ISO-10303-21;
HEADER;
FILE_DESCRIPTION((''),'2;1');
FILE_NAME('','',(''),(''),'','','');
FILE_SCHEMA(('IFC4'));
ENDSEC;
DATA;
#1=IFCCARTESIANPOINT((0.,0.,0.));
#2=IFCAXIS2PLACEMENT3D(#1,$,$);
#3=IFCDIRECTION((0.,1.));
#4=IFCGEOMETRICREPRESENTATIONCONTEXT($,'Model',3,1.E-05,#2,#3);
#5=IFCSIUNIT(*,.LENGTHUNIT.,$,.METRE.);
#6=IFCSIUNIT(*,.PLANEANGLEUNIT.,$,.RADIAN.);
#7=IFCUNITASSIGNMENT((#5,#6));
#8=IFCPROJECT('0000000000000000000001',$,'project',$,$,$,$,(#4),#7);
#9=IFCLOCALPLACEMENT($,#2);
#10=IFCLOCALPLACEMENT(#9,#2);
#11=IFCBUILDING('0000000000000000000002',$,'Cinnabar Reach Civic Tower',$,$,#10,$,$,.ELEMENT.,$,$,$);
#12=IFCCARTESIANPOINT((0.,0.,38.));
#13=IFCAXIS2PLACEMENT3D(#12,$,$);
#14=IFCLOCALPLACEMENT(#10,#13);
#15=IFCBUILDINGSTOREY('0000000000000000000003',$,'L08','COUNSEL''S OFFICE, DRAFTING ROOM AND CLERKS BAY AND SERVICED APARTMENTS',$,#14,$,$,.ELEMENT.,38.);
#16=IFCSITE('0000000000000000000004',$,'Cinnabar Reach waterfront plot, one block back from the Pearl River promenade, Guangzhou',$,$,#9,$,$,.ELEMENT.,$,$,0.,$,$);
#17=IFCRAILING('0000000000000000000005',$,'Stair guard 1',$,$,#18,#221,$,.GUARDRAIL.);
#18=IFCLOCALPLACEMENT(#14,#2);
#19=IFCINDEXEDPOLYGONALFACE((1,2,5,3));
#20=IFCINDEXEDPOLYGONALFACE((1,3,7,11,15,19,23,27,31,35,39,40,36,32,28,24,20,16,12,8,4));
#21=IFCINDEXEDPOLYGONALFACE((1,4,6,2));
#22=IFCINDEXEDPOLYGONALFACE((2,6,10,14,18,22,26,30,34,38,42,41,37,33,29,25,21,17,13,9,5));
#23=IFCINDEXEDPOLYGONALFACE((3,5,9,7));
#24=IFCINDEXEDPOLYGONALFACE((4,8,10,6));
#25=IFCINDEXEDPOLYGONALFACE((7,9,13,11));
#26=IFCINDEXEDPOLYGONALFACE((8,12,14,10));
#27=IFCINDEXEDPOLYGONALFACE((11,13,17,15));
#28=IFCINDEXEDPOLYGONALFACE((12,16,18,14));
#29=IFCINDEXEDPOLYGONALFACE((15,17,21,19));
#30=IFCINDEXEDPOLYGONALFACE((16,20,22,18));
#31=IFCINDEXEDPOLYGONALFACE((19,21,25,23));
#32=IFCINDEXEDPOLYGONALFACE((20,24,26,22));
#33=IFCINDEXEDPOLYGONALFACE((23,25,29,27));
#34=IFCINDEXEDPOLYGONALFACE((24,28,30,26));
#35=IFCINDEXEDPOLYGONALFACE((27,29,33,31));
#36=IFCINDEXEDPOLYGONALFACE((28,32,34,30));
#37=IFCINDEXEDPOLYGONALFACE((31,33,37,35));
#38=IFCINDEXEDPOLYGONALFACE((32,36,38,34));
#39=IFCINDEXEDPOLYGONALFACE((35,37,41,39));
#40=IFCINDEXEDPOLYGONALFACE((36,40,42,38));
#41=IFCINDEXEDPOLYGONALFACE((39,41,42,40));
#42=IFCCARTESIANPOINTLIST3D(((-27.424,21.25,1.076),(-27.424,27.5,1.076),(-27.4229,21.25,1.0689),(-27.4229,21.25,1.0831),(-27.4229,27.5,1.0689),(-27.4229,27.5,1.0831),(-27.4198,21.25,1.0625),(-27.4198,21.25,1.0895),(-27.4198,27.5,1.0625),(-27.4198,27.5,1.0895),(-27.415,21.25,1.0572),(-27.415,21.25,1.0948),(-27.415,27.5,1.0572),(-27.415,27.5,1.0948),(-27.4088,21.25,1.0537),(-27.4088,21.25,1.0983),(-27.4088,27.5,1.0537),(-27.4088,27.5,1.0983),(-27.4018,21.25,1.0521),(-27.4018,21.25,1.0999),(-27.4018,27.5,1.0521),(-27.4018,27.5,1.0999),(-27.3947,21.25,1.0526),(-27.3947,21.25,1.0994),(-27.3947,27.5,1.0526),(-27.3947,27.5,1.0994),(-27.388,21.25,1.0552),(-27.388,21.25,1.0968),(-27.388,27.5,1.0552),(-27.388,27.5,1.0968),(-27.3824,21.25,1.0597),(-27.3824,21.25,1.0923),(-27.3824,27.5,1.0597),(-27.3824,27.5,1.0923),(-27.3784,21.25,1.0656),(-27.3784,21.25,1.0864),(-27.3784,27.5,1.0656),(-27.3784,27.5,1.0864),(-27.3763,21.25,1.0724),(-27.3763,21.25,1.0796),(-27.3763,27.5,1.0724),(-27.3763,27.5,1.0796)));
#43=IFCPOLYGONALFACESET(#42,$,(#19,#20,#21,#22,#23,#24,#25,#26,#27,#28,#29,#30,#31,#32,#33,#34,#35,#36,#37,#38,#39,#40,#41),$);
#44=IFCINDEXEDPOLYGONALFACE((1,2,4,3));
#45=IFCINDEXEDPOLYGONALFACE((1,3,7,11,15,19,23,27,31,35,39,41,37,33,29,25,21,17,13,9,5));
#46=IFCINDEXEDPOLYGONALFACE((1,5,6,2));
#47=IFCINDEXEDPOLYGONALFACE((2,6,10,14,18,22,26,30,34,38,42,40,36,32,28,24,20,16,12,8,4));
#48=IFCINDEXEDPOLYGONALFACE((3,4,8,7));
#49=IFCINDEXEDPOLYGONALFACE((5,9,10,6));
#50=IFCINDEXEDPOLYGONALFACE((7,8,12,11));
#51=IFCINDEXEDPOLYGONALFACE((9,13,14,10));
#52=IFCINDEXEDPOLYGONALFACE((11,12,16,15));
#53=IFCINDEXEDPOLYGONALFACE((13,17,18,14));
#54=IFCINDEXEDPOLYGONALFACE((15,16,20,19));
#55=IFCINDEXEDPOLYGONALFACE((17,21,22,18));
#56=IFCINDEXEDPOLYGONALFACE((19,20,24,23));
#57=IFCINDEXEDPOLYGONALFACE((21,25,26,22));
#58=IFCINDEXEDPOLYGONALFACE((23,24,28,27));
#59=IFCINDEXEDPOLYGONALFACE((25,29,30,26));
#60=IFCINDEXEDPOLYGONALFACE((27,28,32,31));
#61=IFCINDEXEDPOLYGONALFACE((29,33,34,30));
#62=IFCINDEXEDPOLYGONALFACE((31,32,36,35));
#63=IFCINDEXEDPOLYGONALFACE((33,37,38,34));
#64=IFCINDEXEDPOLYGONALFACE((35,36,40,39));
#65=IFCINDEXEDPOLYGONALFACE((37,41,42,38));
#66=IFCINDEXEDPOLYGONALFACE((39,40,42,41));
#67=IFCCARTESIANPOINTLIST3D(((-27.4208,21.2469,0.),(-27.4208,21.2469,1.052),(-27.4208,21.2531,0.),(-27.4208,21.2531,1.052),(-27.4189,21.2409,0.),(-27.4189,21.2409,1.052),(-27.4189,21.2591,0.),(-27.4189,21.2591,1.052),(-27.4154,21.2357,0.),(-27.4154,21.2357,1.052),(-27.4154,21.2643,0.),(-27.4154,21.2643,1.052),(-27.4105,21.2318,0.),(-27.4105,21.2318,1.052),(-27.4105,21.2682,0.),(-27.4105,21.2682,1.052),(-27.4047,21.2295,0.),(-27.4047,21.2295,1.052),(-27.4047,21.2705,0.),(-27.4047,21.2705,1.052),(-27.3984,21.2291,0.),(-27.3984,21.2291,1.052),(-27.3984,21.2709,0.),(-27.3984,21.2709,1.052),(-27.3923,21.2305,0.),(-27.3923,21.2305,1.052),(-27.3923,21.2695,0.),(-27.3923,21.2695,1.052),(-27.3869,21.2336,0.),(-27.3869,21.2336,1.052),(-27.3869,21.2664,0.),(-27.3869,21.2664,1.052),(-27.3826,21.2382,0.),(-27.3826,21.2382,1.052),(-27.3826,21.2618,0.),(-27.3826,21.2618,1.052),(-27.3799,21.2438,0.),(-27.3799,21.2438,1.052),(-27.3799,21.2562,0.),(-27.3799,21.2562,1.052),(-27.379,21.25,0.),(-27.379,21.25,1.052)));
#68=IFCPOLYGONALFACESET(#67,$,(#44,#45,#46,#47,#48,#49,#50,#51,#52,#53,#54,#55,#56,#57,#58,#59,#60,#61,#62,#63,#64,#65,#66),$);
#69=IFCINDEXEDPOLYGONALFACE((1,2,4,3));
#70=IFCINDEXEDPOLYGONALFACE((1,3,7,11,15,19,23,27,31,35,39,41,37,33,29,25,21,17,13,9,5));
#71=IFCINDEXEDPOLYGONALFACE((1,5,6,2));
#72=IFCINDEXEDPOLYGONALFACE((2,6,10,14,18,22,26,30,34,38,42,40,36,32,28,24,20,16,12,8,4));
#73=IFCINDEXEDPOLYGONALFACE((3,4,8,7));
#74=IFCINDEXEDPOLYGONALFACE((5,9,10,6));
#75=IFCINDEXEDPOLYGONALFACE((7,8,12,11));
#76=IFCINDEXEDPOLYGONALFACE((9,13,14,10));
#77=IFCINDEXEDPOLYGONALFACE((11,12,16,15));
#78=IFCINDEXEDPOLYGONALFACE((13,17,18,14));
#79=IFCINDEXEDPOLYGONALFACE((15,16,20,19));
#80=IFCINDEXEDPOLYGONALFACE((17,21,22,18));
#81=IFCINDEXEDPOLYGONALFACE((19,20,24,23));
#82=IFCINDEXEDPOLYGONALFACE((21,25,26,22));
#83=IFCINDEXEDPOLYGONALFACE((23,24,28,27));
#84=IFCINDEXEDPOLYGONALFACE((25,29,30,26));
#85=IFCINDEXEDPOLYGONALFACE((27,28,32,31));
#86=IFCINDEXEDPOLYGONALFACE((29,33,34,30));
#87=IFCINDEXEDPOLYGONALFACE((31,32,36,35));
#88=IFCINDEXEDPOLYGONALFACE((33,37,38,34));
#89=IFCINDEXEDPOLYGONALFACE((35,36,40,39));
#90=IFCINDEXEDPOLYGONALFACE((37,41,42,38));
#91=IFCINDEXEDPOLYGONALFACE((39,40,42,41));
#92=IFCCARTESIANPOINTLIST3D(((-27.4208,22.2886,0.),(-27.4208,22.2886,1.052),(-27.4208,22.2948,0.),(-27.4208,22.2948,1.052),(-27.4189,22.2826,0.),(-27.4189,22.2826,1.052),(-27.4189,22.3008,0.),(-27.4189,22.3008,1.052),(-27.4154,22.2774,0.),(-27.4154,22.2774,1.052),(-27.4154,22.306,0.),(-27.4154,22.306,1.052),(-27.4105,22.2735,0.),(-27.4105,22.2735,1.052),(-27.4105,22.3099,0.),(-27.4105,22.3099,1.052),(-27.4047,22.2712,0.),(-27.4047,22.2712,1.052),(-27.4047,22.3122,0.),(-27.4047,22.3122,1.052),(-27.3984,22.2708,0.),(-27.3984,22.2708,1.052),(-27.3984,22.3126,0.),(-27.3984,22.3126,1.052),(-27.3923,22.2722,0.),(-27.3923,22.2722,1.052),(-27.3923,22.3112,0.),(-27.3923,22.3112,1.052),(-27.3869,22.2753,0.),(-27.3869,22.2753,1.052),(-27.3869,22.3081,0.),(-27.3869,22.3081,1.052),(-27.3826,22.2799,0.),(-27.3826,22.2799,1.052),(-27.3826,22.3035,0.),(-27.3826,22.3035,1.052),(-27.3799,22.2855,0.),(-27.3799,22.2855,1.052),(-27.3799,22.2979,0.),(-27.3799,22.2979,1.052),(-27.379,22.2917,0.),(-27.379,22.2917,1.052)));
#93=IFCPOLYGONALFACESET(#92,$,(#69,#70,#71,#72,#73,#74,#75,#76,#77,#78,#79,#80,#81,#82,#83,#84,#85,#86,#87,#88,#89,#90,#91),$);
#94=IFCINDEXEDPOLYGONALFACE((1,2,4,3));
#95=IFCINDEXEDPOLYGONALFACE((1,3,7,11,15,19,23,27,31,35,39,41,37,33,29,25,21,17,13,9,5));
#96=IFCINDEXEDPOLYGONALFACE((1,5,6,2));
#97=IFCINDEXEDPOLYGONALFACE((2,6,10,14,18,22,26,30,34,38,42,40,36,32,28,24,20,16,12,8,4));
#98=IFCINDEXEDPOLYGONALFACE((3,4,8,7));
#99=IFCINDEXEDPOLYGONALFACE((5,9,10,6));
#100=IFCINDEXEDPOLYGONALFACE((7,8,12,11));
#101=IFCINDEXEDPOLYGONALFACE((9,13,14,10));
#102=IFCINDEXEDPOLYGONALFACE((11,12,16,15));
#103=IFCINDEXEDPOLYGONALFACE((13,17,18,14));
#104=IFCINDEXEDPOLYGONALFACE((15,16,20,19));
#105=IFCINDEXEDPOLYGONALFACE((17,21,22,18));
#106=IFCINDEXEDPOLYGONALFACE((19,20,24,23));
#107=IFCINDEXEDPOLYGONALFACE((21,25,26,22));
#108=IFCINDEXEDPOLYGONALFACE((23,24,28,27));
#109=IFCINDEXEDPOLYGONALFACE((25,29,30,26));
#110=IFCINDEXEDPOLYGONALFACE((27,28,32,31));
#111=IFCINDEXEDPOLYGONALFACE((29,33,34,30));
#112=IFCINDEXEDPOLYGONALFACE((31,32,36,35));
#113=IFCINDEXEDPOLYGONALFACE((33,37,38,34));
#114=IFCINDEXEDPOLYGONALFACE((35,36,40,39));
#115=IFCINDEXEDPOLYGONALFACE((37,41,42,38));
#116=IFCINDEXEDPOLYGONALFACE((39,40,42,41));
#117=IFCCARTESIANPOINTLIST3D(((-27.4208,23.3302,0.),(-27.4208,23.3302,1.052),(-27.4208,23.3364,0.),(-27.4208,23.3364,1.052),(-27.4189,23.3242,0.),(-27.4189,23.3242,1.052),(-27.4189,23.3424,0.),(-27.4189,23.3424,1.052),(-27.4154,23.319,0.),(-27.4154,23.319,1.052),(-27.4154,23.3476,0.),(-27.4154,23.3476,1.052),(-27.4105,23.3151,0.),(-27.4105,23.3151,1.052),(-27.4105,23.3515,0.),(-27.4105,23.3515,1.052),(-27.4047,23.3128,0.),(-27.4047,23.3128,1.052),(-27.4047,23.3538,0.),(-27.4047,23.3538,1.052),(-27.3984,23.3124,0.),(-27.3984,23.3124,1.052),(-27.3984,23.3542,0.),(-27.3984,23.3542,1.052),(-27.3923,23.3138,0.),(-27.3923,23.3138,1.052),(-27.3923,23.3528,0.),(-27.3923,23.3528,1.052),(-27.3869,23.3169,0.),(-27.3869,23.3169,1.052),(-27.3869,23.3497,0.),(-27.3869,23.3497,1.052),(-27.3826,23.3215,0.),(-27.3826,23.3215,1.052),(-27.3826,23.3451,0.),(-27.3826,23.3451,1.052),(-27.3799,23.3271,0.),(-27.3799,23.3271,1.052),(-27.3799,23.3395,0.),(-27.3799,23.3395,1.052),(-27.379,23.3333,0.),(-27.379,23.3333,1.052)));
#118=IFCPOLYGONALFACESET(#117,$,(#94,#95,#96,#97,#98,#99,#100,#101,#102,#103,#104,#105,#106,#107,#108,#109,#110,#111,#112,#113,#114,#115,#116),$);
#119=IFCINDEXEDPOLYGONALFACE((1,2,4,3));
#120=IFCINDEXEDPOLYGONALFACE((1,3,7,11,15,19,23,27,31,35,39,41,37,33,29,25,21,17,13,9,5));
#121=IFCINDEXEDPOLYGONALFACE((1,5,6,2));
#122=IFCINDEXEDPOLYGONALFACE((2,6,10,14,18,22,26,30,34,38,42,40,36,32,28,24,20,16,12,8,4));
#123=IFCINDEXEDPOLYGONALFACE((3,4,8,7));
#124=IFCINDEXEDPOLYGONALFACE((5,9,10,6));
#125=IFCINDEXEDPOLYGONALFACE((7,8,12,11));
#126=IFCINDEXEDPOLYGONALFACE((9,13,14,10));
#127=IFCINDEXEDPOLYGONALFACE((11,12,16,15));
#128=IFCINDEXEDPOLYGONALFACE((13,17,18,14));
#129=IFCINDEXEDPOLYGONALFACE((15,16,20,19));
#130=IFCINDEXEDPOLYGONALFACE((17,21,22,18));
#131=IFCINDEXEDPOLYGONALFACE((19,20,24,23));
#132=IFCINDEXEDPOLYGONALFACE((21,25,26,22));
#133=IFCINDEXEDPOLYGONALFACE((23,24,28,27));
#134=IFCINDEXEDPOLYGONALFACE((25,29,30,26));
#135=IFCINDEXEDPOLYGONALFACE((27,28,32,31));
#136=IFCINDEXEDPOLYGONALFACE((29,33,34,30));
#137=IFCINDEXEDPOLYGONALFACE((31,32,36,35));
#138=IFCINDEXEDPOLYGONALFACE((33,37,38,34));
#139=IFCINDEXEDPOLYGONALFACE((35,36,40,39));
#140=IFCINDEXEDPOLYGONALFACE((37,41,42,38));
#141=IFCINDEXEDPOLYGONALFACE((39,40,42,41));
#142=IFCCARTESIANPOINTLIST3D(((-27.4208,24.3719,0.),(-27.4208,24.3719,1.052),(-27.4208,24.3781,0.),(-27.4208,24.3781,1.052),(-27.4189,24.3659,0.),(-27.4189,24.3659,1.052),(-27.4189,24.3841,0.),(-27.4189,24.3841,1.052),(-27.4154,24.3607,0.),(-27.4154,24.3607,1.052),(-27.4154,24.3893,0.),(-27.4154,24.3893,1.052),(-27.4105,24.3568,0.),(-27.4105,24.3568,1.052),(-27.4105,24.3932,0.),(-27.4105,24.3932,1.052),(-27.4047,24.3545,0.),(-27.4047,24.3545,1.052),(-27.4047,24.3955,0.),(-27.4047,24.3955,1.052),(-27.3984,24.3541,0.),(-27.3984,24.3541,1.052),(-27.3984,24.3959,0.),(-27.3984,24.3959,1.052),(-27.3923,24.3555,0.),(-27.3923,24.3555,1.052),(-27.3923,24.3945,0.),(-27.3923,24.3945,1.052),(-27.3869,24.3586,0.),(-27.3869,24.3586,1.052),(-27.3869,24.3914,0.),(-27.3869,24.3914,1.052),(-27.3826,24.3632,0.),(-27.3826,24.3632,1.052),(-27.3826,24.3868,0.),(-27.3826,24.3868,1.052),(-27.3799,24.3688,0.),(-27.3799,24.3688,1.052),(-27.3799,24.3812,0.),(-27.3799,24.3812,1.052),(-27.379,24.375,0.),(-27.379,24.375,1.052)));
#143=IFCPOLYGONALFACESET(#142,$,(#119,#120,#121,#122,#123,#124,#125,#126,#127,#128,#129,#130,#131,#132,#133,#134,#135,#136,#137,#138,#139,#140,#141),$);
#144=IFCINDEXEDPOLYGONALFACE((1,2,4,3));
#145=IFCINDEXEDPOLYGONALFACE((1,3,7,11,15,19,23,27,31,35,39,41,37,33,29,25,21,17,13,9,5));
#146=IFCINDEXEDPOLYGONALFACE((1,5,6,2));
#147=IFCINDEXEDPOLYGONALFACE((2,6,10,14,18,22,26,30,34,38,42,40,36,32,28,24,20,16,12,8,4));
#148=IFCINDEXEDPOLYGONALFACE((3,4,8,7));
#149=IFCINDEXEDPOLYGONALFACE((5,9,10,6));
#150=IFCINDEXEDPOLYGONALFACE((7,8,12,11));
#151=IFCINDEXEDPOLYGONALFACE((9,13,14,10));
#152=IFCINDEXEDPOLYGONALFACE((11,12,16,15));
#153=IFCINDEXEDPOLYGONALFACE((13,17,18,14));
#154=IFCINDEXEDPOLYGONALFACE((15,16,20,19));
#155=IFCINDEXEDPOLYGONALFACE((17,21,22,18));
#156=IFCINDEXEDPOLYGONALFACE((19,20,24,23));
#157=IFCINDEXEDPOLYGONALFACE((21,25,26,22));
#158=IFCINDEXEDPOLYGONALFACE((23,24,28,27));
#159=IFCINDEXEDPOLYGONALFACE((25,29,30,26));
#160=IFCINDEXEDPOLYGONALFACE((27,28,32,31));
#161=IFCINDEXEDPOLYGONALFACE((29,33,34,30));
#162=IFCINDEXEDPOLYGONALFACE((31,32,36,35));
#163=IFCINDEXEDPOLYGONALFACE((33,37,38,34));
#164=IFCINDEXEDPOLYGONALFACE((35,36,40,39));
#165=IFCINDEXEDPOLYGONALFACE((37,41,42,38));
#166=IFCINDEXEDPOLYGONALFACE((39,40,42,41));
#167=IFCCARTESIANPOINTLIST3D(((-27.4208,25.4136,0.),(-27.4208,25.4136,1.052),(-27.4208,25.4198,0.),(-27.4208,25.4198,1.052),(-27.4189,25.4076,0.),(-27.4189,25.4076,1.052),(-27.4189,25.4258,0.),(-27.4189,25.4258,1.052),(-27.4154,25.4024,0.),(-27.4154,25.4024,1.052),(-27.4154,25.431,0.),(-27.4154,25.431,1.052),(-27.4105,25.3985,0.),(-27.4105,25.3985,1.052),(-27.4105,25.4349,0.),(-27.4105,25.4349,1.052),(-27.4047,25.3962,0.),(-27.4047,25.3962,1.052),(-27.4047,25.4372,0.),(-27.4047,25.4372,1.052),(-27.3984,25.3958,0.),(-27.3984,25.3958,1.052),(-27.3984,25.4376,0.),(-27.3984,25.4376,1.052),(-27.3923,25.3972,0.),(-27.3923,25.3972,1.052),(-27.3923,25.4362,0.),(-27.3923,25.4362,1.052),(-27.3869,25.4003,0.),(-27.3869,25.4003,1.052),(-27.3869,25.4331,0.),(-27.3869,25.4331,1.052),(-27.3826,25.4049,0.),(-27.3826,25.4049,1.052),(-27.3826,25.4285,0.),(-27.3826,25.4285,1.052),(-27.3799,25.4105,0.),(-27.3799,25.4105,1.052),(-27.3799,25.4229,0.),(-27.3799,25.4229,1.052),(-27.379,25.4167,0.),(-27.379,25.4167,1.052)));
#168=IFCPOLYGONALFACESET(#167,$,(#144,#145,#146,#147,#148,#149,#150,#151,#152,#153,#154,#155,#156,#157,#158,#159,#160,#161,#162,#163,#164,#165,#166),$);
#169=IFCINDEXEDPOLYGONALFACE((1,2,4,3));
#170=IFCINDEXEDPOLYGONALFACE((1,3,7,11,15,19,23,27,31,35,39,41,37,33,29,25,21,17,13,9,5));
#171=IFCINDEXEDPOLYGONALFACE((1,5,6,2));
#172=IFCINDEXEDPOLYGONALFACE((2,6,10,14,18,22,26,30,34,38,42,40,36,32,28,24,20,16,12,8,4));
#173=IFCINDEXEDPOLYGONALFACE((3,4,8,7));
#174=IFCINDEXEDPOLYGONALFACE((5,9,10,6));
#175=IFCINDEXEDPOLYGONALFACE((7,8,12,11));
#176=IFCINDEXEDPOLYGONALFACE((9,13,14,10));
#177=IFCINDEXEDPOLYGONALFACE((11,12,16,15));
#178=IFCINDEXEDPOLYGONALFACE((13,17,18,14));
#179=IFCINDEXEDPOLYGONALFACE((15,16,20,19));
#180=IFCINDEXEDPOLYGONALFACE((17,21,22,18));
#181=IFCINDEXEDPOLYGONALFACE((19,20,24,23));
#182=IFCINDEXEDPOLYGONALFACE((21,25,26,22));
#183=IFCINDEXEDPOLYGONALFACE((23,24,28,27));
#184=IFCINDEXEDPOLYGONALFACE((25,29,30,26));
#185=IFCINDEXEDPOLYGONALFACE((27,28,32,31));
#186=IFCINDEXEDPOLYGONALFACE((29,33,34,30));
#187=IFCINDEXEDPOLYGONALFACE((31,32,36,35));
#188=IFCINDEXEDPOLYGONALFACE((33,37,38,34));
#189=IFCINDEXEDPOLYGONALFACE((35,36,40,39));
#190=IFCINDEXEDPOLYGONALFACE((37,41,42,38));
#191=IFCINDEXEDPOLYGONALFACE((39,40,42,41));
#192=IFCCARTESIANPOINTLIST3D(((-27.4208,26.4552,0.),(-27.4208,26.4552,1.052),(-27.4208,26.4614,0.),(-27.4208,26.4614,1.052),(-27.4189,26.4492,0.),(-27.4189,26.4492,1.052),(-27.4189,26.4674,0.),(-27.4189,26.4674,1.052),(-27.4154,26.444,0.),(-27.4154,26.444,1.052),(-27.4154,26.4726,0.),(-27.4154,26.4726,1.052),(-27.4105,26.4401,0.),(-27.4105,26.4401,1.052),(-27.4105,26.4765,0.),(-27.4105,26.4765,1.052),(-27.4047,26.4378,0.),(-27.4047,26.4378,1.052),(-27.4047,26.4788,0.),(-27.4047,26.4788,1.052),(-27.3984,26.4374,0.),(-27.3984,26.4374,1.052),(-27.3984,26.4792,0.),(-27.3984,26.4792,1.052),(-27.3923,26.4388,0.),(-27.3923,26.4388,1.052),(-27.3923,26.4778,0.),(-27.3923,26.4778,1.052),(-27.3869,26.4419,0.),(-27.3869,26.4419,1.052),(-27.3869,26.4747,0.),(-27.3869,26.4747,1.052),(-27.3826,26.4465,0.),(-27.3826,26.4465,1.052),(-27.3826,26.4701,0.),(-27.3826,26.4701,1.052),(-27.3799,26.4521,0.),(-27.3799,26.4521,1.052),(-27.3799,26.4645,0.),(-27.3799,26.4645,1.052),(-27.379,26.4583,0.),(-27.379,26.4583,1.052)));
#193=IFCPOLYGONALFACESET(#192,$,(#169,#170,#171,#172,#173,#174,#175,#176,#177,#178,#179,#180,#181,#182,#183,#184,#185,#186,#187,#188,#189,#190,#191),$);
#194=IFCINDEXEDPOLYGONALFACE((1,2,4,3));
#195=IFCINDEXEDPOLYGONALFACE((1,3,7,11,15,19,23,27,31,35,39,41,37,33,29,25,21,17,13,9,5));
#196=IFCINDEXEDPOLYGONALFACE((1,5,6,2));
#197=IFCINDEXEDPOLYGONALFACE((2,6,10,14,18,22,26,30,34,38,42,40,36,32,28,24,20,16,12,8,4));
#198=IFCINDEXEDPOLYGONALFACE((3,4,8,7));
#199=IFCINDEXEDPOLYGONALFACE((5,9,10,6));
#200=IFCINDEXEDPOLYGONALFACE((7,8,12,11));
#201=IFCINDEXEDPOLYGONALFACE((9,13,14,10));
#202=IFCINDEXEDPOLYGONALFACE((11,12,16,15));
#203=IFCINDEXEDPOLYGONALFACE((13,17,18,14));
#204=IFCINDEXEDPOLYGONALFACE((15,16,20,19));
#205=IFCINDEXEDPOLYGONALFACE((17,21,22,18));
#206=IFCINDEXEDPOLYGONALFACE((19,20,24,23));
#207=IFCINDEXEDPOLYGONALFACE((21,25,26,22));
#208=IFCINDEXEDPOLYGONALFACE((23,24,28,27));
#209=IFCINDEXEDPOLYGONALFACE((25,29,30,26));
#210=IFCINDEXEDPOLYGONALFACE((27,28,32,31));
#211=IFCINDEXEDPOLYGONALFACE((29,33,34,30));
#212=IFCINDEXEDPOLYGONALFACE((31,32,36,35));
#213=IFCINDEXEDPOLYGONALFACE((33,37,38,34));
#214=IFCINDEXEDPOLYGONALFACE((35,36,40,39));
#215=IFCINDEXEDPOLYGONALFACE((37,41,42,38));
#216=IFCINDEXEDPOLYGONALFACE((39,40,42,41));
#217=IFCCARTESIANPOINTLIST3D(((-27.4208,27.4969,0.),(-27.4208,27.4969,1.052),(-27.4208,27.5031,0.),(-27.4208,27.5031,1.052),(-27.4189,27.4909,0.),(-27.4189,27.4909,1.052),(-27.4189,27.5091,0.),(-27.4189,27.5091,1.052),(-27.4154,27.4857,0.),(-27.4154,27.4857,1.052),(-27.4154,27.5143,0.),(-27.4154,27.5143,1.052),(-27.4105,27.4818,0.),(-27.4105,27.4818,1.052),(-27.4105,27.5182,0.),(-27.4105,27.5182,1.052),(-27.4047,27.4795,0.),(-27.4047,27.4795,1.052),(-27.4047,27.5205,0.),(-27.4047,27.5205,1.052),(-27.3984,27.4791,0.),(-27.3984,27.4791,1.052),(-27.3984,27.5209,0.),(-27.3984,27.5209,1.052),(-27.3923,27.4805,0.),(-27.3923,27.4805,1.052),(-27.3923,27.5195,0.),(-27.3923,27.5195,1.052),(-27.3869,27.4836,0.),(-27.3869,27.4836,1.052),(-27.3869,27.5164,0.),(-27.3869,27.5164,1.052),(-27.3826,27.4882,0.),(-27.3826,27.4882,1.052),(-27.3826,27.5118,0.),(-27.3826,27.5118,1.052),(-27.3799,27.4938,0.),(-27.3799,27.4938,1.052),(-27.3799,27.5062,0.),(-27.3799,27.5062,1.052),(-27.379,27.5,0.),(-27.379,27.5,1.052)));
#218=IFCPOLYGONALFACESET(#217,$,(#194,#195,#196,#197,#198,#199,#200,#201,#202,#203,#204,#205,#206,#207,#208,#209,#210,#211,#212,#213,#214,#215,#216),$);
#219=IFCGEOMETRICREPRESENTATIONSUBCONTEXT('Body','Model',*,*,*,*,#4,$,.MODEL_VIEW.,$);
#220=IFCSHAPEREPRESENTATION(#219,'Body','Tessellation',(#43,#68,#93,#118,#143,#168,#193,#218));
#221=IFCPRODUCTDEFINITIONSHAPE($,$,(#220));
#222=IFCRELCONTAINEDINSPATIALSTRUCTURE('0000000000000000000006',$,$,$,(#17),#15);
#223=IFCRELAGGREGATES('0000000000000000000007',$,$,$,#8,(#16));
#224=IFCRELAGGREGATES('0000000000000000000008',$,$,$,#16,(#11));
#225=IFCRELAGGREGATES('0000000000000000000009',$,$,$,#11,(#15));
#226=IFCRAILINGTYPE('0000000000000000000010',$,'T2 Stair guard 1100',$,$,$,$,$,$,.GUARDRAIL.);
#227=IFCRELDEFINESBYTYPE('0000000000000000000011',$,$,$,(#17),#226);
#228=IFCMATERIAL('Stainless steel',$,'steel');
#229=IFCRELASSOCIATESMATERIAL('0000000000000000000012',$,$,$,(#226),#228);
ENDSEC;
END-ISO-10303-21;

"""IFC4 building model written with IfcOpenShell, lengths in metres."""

from ifc_helpers import new_model, si_unit, direction, frame, origin, origin_2d, place, context, subcontext, project, spatial, circle, extrude, material, type_object, element, save


model = new_model("IFC4")

# Units and contexts
model_context = context("Model", 3, precision=1e-05, world=origin(), true_north=direction((0.0, 1.0)))
body_context = subcontext(model_context, "Body", "Model", "MODEL_VIEW")
ifc_project = project(units=[si_unit("LENGTHUNIT", "METRE"), si_unit("PLANEANGLEUNIT", "RADIAN")], contexts=[model_context])

# Site, building, storey
site_placement = place(None, origin())
site = spatial("IfcSite", under=ifc_project, at=site_placement, Name="Cinnabar Reach waterfront plot, one block back from the Pearl River promenade, Guangzhou", CompositionType="ELEMENT", RefElevation=0.0)
building_placement = place(site_placement, origin())
building = spatial("IfcBuilding", under=site, at=building_placement, Name="Cinnabar Reach Civic Tower", CompositionType="ELEMENT")
storey_placement = place(building_placement, frame((0.0, 0.0, 38.0)))
storey = spatial("IfcBuildingStorey", under=building, at=storey_placement, Name="L08", Description="COUNSEL'S OFFICE, DRAFTING ROOM AND CLERKS BAY AND SERVICED APARTMENTS", CompositionType="ELEMENT", Elevation=38.0)

# Railing
ifc_material_1 = material(Name="Stainless steel", Category="steel")
railing_type = type_object("IfcRailingType", Name="T2 Stair guard 1100", PredefinedType="GUARDRAIL", material=ifc_material_1)
for number, where, name in (
    (1, (-27.4, 21.25, 0.0), "Stair guard 1"),
):
    element("IfcRailing", number, at=place(storey_placement, frame(where)), inside=storey, type_object=railing_type, Name=name, PredefinedType="GUARDRAIL", context=body_context, shape_type="SweptSolid", body=[
        extrude(circle(Radius=0.024, at=origin_2d()), frame((0.0, 0.0, 1.076), z_axis=(0.0, 1.0, 0.0), x_axis=(-1.0, 0.0, 0.0)), (0.0, 0.0, 1.0), 6.25),
        extrude(circle(Radius=0.021, at=origin_2d()), origin(), (0.0, 0.0, 1.0), 1.052),
        extrude(circle(Radius=0.021, at=origin_2d()), frame((0.0, 1.0417, 0.0)), (0.0, 0.0, 1.0), 1.052),
        extrude(circle(Radius=0.021, at=origin_2d()), frame((0.0, 2.0833, 0.0)), (0.0, 0.0, 1.0), 1.052),
        extrude(circle(Radius=0.021, at=origin_2d()), frame((0.0, 3.125, 0.0)), (0.0, 0.0, 1.0), 1.052),
        extrude(circle(Radius=0.021, at=origin_2d()), frame((0.0, 4.1667, 0.0)), (0.0, 0.0, 1.0), 1.052),
        extrude(circle(Radius=0.021, at=origin_2d()), frame((0.0, 5.2083, 0.0)), (0.0, 0.0, 1.0), 1.052),
        extrude(circle(Radius=0.021, at=origin_2d()), frame((0.0, 6.25, 0.0)), (0.0, 0.0, 1.0), 1.052),
    ])

save(model, "model.ifc")
